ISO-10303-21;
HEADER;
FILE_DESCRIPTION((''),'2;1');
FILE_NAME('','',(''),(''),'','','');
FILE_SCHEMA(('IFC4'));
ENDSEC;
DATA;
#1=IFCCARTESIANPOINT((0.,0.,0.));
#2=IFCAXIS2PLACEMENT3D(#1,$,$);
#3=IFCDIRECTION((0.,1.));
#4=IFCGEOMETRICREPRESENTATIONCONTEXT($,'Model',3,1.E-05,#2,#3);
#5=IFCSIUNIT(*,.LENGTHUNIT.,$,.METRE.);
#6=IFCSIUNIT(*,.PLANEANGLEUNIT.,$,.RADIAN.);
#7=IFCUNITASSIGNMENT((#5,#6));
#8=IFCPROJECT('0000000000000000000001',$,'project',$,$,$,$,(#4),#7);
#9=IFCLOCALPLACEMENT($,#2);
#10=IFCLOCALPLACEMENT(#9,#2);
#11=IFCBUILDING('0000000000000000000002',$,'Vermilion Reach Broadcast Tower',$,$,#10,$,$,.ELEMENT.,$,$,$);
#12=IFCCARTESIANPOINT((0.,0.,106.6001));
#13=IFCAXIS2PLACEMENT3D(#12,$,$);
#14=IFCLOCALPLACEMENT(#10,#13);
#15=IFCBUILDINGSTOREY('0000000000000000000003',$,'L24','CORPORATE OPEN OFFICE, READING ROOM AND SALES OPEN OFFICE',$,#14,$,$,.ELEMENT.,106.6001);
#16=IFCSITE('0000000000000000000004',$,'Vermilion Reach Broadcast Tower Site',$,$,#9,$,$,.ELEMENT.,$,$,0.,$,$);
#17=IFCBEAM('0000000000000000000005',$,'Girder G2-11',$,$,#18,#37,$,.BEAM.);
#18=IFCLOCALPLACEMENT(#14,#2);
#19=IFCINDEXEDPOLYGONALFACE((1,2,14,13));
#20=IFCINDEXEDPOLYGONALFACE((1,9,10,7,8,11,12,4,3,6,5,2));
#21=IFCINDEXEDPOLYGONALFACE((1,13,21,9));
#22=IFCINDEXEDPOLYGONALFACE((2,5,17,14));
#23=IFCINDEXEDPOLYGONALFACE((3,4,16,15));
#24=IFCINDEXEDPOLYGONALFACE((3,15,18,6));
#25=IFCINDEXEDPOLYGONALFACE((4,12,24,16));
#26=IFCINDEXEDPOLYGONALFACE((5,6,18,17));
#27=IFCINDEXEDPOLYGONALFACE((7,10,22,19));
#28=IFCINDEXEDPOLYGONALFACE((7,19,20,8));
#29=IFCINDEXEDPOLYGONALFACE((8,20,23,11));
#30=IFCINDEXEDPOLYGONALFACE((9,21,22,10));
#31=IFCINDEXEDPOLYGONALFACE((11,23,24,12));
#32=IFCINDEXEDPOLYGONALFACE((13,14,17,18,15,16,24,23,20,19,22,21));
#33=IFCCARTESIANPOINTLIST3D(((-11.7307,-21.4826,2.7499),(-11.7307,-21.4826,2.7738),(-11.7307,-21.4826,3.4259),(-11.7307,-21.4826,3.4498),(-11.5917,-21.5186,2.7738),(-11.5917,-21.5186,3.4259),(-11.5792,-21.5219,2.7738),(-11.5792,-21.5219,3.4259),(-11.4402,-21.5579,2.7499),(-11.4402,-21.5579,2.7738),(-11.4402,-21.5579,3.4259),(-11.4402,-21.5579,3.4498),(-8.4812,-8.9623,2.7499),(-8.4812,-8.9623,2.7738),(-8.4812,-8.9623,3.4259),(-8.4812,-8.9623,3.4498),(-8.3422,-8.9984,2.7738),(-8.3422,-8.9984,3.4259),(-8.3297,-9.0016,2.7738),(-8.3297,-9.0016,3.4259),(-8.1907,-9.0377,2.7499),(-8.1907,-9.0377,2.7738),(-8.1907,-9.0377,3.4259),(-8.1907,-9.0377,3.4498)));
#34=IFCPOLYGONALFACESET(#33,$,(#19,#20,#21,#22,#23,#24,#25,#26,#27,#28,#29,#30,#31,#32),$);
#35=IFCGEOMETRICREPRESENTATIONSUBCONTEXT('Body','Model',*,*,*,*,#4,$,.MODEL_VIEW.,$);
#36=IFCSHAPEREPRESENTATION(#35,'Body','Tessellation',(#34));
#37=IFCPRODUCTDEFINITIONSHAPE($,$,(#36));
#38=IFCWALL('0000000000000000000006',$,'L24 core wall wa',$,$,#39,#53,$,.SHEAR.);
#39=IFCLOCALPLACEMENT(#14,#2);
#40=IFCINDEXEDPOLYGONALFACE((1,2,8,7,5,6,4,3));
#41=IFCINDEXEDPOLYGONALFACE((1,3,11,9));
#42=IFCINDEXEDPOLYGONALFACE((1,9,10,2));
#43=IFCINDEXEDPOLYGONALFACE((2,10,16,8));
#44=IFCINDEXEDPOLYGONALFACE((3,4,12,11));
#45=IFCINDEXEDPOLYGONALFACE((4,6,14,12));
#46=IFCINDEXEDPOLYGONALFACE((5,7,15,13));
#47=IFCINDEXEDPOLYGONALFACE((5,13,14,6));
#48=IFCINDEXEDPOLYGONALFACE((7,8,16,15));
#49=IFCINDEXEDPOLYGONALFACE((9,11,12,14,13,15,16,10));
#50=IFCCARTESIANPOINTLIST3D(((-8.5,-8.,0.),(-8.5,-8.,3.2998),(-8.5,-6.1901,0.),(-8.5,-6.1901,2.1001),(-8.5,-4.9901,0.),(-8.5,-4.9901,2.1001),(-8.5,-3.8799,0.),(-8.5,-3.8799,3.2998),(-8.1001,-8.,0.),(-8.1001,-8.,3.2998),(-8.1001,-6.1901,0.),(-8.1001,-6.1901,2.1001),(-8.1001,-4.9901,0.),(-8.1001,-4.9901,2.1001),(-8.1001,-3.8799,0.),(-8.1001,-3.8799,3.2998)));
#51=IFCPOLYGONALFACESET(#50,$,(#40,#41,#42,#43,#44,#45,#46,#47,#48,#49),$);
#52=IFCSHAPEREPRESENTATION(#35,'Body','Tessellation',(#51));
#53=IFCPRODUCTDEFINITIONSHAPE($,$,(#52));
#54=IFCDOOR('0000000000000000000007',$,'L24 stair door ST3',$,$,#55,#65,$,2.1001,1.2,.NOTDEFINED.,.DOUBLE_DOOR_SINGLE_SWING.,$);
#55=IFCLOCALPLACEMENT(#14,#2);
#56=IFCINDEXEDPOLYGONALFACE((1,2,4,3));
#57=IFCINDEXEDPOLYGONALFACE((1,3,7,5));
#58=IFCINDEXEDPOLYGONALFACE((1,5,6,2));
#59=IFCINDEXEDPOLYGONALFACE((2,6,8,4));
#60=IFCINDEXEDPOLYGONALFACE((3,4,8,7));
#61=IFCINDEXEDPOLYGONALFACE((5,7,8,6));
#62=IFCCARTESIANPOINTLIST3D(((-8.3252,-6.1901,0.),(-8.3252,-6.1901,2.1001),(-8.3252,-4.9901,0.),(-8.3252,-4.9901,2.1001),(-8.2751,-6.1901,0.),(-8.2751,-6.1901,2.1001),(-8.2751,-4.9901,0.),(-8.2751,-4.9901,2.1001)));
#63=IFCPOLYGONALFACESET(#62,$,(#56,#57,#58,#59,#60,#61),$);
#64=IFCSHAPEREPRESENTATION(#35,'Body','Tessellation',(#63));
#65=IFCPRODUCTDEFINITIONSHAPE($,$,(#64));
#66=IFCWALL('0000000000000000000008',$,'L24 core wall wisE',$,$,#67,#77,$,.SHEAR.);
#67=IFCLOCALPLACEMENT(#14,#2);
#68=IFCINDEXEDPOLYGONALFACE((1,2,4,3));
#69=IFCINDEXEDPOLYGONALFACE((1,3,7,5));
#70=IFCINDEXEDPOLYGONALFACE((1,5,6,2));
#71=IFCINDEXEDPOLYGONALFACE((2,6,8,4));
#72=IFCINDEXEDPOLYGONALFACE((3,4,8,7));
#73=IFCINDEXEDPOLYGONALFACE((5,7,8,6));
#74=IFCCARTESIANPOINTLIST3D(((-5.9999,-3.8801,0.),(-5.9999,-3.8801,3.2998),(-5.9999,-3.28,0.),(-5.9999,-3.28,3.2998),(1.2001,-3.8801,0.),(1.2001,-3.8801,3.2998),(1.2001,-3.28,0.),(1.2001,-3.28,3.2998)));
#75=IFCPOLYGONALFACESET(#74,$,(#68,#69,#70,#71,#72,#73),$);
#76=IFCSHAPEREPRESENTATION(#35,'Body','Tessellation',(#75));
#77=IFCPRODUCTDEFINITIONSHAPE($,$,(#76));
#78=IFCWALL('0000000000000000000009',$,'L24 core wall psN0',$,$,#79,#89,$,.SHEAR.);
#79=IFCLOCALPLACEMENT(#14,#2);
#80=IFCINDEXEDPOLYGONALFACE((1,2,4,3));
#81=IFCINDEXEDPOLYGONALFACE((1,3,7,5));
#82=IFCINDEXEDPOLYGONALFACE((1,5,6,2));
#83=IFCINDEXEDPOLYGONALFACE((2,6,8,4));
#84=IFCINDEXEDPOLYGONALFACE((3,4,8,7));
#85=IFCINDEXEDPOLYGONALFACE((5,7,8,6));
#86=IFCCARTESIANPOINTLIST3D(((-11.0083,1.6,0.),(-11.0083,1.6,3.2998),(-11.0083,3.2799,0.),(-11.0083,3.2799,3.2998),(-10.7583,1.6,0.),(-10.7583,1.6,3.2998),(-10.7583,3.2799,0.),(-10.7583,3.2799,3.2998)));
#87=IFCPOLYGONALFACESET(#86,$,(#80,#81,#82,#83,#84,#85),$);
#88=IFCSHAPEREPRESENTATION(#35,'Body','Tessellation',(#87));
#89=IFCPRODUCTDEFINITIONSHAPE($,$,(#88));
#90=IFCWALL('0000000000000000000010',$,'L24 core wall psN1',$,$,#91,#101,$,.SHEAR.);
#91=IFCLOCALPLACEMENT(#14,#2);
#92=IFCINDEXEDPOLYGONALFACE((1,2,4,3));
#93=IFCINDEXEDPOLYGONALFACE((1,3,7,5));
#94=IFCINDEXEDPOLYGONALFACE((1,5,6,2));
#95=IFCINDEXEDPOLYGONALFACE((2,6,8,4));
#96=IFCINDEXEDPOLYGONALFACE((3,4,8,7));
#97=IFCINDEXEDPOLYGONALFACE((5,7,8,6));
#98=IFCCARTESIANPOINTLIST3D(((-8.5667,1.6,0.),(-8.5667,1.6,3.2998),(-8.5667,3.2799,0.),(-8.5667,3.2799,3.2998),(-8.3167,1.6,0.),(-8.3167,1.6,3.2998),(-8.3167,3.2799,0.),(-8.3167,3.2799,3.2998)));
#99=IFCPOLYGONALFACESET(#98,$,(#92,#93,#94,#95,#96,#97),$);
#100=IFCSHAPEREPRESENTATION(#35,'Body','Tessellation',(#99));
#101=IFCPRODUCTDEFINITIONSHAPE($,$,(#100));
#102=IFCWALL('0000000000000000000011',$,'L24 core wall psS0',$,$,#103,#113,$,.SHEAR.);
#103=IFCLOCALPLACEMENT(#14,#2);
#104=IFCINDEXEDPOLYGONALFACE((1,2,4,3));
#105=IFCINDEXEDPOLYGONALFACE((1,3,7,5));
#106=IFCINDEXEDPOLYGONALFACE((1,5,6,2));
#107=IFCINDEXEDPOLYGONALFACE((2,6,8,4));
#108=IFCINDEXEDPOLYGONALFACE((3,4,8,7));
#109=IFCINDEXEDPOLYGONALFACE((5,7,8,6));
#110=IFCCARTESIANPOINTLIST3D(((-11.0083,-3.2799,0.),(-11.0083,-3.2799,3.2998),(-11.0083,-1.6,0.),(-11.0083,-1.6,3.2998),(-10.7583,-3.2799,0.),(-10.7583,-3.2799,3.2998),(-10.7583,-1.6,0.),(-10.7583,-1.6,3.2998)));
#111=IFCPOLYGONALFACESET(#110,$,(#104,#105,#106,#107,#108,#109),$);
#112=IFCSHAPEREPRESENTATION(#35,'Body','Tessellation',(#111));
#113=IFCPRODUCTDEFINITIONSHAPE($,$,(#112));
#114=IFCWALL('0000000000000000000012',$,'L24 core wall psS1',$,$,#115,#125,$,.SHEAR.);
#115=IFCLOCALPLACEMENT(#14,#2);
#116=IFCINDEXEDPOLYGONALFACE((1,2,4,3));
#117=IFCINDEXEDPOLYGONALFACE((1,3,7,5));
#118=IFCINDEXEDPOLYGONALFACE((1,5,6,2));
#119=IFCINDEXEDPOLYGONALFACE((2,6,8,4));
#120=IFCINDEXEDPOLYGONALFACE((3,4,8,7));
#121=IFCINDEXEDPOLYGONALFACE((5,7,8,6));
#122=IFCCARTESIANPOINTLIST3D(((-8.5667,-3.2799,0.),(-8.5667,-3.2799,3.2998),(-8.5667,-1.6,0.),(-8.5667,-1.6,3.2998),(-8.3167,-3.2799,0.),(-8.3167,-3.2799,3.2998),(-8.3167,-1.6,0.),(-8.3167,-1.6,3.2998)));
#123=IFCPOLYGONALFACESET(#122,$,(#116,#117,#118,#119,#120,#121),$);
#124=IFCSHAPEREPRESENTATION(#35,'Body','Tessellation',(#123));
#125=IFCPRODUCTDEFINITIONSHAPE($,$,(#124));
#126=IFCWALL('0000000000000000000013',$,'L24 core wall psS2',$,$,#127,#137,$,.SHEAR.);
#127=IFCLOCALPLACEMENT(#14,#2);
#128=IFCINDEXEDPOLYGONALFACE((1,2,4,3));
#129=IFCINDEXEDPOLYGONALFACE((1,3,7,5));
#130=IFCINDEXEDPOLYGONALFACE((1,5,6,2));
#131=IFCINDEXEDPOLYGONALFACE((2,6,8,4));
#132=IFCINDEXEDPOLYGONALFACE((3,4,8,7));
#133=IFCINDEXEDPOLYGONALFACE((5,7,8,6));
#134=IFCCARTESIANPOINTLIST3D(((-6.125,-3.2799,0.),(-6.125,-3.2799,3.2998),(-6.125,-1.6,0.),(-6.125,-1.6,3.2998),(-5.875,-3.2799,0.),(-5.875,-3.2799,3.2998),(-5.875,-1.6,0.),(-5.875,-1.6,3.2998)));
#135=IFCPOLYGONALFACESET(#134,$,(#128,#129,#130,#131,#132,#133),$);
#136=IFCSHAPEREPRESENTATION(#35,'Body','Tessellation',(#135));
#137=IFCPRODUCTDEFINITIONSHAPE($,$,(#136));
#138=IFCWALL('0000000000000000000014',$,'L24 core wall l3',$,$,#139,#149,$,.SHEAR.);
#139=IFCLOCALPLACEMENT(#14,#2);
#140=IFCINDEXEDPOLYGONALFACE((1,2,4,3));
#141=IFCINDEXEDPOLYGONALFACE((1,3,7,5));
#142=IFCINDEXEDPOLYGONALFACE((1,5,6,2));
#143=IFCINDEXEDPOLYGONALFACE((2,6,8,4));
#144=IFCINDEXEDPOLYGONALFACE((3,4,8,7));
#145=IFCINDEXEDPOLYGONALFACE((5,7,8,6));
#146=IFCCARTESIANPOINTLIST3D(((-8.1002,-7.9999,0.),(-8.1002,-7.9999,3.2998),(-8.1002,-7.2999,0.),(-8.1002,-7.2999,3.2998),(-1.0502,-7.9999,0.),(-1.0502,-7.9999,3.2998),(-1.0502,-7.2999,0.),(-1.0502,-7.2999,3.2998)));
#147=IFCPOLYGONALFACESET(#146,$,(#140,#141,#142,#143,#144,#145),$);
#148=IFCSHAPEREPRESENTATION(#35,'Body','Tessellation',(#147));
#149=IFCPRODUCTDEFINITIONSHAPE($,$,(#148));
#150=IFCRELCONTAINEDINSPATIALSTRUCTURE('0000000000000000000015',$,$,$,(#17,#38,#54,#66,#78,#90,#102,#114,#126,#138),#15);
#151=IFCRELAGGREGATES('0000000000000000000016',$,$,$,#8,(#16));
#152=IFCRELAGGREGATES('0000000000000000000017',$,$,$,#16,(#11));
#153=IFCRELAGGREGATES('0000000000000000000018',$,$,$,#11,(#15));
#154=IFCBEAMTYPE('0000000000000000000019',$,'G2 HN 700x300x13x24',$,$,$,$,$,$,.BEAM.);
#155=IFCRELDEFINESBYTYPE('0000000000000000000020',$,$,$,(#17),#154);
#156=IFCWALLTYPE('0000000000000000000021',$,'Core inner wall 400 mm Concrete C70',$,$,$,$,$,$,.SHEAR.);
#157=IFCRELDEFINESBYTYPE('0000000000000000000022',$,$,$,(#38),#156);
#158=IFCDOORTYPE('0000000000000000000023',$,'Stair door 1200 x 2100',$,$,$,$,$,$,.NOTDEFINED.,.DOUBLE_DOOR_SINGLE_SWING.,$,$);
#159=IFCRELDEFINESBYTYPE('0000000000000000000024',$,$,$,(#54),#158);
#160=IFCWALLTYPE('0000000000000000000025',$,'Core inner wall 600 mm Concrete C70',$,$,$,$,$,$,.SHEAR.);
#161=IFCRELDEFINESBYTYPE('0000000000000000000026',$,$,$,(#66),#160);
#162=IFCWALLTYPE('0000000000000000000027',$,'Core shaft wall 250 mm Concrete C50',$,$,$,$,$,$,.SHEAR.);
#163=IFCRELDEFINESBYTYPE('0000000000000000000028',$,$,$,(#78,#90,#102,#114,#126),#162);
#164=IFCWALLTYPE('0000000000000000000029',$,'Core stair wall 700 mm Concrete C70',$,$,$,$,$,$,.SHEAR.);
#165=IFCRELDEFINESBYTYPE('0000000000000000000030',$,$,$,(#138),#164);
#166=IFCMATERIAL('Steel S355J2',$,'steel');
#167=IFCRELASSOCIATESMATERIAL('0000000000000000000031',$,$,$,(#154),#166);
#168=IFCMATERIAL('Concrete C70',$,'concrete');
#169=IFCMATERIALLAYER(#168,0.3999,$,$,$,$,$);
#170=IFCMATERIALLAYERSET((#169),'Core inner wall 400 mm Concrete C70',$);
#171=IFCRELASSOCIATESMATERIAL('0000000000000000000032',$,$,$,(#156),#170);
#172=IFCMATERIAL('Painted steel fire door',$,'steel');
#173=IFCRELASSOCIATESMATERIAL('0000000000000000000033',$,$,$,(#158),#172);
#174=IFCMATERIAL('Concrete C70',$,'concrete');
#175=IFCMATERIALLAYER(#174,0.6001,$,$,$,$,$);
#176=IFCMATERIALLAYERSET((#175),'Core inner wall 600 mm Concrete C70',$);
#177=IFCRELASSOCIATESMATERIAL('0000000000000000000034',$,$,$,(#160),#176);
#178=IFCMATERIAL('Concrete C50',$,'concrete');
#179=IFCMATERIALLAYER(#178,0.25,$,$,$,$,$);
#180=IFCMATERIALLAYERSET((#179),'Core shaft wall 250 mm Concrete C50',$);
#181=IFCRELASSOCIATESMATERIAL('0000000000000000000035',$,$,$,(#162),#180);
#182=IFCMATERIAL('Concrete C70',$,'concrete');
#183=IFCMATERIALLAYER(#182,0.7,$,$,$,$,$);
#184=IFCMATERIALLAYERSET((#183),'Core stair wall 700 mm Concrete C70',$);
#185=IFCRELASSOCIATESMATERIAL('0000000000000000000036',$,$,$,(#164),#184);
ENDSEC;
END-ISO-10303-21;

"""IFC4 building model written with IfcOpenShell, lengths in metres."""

from ifc_helpers import new_model, si_unit, direction, frame, frame_2d, origin, origin_2d, place, context, subcontext, project, spatial, rectangle, i_section, extrude, material, layer, layer_set, material_profile, profile_set, type_object, element, fill, save


model = new_model("IFC4")

# Units and contexts
model_context = context("Model", 3, precision=1e-05, world=origin(), true_north=direction((0.0, 1.0)))
body_context = subcontext(model_context, "Body", "Model", "MODEL_VIEW")
ifc_project = project(units=[si_unit("LENGTHUNIT", "METRE"), si_unit("PLANEANGLEUNIT", "RADIAN")], contexts=[model_context])

# Site, building, storey
site_placement = place(None, origin())
site = spatial("IfcSite", under=ifc_project, at=site_placement, Name="Vermilion Reach Broadcast Tower Site", CompositionType="ELEMENT", RefElevation=0.0)
building_placement = place(site_placement, origin())
building = spatial("IfcBuilding", under=site, at=building_placement, Name="Vermilion Reach Broadcast Tower", CompositionType="ELEMENT")
storey_placement = place(building_placement, frame((0.0, 0.0, 106.6001)))
storey = spatial("IfcBuildingStorey", under=building, at=storey_placement, Name="L24", Description="CORPORATE OPEN OFFICE, READING ROOM AND SALES OPEN OFFICE", CompositionType="ELEMENT", Elevation=106.6001)

# Beam
ifc_material_1 = material(Name="Steel S355J2", Category="steel")
ifc_material_profile = material_profile(ifc_material_1, i_section(OverallWidth=0.3, OverallDepth=0.7, WebThickness=0.0129, FlangeThickness=0.0239, at=origin_2d()), Name="S355J2 HN 700x300x13x24")
ifc_profile_set = profile_set([ifc_material_profile], Name="Steel S355J2")
beam_type = type_object("IfcBeamType", Name="G2 HN 700x300x13x24", PredefinedType="BEAM", material=ifc_profile_set)
beam_placement = place(storey_placement, frame((-8.3359, -9.0, 3.0999), z_axis=(-0.251217, -0.967931, 0.0), x_axis=(0.967931, -0.251217, 0.0)))
element("IfcBeam", 1, at=beam_placement, inside=storey, type_object=beam_type, Name="Girder G2-11", PredefinedType="BEAM", context=body_context, shape_type="SweptSolid", body=[
    extrude(i_section(OverallWidth=0.3, OverallDepth=0.7, WebThickness=0.0129, FlangeThickness=0.0239, at=origin_2d()), origin(), (0.0, 0.0, 1.0), 12.9351),
])

# Wall, opening, door
ifc_material_2 = material(Name="Concrete C70", Category="concrete")
ifc_layer_1 = layer(ifc_material_2, 0.3999)
ifc_layer_set_1 = layer_set([ifc_layer_1], Name="Core inner wall 400 mm Concrete C70")
wall_type_1 = type_object("IfcWallType", Name="Core inner wall 400 mm Concrete C70", PredefinedType="SHEAR", material=ifc_layer_set_1)
wall_1_placement = place(storey_placement, frame((-8.3, -3.8799, 0.0), z_axis=(0.0, 0.0, 1.0), x_axis=(0.0, -1.0, 0.0)))
wall_1 = element("IfcWall", 2, at=wall_1_placement, inside=storey, type_object=wall_type_1, Name="L24 core wall wa", PredefinedType="SHEAR", context=body_context, shape_type="SweptSolid", body=[
    extrude(rectangle(XDim=4.1201, YDim=0.3999, at=frame_2d((2.0601, 0.0))), origin(), (0.0, 0.0, 1.0), 3.2998),
])
opening_placement = place(wall_1_placement, frame((1.1101, 0.0, 0.0)))
opening = element("IfcOpeningElement", 3, at=opening_placement, cuts=wall_1, PredefinedType="OPENING", context=body_context, shape_type="SweptSolid", body=[
    extrude(rectangle(XDim=1.2, YDim=2.1001, at=frame_2d((0.6001, 1.05))), frame((0.0, 0.21, 0.0), z_axis=(0.0, -1.0, 0.0), x_axis=(1.0, 0.0, 0.0)), (0.0, 0.0, 1.0), 0.4199),
])
ifc_material_3 = material(Name="Painted steel fire door", Category="steel")
door_type = type_object("IfcDoorType", Name="Stair door 1200 x 2100", OperationType="DOUBLE_DOOR_SINGLE_SWING", PredefinedType="NOTDEFINED", material=ifc_material_3)
door_placement = place(opening_placement, origin())
door = element("IfcDoor", 4, at=door_placement, inside=storey, type_object=door_type, Name="L24 stair door ST3", OperationType="DOUBLE_DOOR_SINGLE_SWING", OverallHeight=2.1001, OverallWidth=1.2, PredefinedType="NOTDEFINED", context=body_context, shape_type="SweptSolid", body=[
    extrude(rectangle(XDim=1.2, YDim=2.1001, at=frame_2d((0.6001, 1.05))), frame((0.0, 0.0249, 0.0), z_axis=(0.0, -1.0, 0.0), x_axis=(1.0, 0.0, 0.0)), (0.0, 0.0, 1.0), 0.05),
])
fill(opening, door)

# Walls
ifc_material_4 = material(Name="Concrete C70", Category="concrete")
ifc_layer_2 = layer(ifc_material_4, 0.6001)
ifc_layer_set_2 = layer_set([ifc_layer_2], Name="Core inner wall 600 mm Concrete C70")
wall_type_2 = type_object("IfcWallType", Name="Core inner wall 600 mm Concrete C70", PredefinedType="SHEAR", material=ifc_layer_set_2)
wall_2_placement = place(storey_placement, frame((-6.0, -3.5801, 0.0), z_axis=(0.0, 0.0, 1.0), x_axis=(1.0, 0.0, 0.0)))
element("IfcWall", 5, at=wall_2_placement, inside=storey, type_object=wall_type_2, Name="L24 core wall wisE", PredefinedType="SHEAR", context=body_context, shape_type="SweptSolid", body=[
    extrude(rectangle(XDim=7.2, YDim=0.6001, at=frame_2d((3.6001, 0.0))), origin(), (0.0, 0.0, 1.0), 3.2998),
])
ifc_material_5 = material(Name="Concrete C50", Category="concrete")
ifc_layer_3 = layer(ifc_material_5, 0.25)
ifc_layer_set_3 = layer_set([ifc_layer_3], Name="Core shaft wall 250 mm Concrete C50")
wall_type_3 = type_object("IfcWallType", Name="Core shaft wall 250 mm Concrete C50", PredefinedType="SHEAR", material=ifc_layer_set_3)
for number, where, z_axis, x_axis, name in (
    (6, (-10.8833, 1.6001, 0.0), (0.0, 0.0, 1.0), (0.0, 1.0, 0.0), "L24 core wall psN0"),
    (7, (-8.4417, 1.6001, 0.0), (0.0, 0.0, 1.0), (0.0, 1.0, 0.0), "L24 core wall psN1"),
    (8, (-10.8833, -1.6001, 0.0), (0.0, 0.0, 1.0), (0.0, -1.0, 0.0), "L24 core wall psS0"),
    (9, (-8.4417, -1.6001, 0.0), (0.0, 0.0, 1.0), (0.0, -1.0, 0.0), "L24 core wall psS1"),
    (10, (-6.0, -1.6001, 0.0), (0.0, 0.0, 1.0), (0.0, -1.0, 0.0), "L24 core wall psS2"),
):
    element("IfcWall", number, at=place(storey_placement, frame(where, z_axis=z_axis, x_axis=x_axis)), inside=storey, type_object=wall_type_3, Name=name, PredefinedType="SHEAR", context=body_context, shape_type="SweptSolid", body=[
        extrude(rectangle(XDim=1.6799, YDim=0.25, at=frame_2d((0.8398, 0.0))), origin(), (0.0, 0.0, 1.0), 3.2998),
    ])
ifc_material_6 = material(Name="Concrete C70", Category="concrete")
ifc_layer_4 = layer(ifc_material_6, 0.7)
ifc_layer_set_4 = layer_set([ifc_layer_4], Name="Core stair wall 700 mm Concrete C70")
wall_type_4 = type_object("IfcWallType", Name="Core stair wall 700 mm Concrete C70", PredefinedType="SHEAR", material=ifc_layer_set_4)
wall_3_placement = place(storey_placement, frame((-8.1001, -7.6499, 0.0), z_axis=(0.0, 0.0, 1.0), x_axis=(1.0, 0.0, 0.0)))
element("IfcWall", 11, at=wall_3_placement, inside=storey, type_object=wall_type_4, Name="L24 core wall l3", PredefinedType="SHEAR", context=body_context, shape_type="SweptSolid", body=[
    extrude(rectangle(XDim=7.05, YDim=0.7, at=frame_2d((3.5249, 0.0))), origin(), (0.0, 0.0, 1.0), 3.2998),
])

save(model, "model.ifc")
